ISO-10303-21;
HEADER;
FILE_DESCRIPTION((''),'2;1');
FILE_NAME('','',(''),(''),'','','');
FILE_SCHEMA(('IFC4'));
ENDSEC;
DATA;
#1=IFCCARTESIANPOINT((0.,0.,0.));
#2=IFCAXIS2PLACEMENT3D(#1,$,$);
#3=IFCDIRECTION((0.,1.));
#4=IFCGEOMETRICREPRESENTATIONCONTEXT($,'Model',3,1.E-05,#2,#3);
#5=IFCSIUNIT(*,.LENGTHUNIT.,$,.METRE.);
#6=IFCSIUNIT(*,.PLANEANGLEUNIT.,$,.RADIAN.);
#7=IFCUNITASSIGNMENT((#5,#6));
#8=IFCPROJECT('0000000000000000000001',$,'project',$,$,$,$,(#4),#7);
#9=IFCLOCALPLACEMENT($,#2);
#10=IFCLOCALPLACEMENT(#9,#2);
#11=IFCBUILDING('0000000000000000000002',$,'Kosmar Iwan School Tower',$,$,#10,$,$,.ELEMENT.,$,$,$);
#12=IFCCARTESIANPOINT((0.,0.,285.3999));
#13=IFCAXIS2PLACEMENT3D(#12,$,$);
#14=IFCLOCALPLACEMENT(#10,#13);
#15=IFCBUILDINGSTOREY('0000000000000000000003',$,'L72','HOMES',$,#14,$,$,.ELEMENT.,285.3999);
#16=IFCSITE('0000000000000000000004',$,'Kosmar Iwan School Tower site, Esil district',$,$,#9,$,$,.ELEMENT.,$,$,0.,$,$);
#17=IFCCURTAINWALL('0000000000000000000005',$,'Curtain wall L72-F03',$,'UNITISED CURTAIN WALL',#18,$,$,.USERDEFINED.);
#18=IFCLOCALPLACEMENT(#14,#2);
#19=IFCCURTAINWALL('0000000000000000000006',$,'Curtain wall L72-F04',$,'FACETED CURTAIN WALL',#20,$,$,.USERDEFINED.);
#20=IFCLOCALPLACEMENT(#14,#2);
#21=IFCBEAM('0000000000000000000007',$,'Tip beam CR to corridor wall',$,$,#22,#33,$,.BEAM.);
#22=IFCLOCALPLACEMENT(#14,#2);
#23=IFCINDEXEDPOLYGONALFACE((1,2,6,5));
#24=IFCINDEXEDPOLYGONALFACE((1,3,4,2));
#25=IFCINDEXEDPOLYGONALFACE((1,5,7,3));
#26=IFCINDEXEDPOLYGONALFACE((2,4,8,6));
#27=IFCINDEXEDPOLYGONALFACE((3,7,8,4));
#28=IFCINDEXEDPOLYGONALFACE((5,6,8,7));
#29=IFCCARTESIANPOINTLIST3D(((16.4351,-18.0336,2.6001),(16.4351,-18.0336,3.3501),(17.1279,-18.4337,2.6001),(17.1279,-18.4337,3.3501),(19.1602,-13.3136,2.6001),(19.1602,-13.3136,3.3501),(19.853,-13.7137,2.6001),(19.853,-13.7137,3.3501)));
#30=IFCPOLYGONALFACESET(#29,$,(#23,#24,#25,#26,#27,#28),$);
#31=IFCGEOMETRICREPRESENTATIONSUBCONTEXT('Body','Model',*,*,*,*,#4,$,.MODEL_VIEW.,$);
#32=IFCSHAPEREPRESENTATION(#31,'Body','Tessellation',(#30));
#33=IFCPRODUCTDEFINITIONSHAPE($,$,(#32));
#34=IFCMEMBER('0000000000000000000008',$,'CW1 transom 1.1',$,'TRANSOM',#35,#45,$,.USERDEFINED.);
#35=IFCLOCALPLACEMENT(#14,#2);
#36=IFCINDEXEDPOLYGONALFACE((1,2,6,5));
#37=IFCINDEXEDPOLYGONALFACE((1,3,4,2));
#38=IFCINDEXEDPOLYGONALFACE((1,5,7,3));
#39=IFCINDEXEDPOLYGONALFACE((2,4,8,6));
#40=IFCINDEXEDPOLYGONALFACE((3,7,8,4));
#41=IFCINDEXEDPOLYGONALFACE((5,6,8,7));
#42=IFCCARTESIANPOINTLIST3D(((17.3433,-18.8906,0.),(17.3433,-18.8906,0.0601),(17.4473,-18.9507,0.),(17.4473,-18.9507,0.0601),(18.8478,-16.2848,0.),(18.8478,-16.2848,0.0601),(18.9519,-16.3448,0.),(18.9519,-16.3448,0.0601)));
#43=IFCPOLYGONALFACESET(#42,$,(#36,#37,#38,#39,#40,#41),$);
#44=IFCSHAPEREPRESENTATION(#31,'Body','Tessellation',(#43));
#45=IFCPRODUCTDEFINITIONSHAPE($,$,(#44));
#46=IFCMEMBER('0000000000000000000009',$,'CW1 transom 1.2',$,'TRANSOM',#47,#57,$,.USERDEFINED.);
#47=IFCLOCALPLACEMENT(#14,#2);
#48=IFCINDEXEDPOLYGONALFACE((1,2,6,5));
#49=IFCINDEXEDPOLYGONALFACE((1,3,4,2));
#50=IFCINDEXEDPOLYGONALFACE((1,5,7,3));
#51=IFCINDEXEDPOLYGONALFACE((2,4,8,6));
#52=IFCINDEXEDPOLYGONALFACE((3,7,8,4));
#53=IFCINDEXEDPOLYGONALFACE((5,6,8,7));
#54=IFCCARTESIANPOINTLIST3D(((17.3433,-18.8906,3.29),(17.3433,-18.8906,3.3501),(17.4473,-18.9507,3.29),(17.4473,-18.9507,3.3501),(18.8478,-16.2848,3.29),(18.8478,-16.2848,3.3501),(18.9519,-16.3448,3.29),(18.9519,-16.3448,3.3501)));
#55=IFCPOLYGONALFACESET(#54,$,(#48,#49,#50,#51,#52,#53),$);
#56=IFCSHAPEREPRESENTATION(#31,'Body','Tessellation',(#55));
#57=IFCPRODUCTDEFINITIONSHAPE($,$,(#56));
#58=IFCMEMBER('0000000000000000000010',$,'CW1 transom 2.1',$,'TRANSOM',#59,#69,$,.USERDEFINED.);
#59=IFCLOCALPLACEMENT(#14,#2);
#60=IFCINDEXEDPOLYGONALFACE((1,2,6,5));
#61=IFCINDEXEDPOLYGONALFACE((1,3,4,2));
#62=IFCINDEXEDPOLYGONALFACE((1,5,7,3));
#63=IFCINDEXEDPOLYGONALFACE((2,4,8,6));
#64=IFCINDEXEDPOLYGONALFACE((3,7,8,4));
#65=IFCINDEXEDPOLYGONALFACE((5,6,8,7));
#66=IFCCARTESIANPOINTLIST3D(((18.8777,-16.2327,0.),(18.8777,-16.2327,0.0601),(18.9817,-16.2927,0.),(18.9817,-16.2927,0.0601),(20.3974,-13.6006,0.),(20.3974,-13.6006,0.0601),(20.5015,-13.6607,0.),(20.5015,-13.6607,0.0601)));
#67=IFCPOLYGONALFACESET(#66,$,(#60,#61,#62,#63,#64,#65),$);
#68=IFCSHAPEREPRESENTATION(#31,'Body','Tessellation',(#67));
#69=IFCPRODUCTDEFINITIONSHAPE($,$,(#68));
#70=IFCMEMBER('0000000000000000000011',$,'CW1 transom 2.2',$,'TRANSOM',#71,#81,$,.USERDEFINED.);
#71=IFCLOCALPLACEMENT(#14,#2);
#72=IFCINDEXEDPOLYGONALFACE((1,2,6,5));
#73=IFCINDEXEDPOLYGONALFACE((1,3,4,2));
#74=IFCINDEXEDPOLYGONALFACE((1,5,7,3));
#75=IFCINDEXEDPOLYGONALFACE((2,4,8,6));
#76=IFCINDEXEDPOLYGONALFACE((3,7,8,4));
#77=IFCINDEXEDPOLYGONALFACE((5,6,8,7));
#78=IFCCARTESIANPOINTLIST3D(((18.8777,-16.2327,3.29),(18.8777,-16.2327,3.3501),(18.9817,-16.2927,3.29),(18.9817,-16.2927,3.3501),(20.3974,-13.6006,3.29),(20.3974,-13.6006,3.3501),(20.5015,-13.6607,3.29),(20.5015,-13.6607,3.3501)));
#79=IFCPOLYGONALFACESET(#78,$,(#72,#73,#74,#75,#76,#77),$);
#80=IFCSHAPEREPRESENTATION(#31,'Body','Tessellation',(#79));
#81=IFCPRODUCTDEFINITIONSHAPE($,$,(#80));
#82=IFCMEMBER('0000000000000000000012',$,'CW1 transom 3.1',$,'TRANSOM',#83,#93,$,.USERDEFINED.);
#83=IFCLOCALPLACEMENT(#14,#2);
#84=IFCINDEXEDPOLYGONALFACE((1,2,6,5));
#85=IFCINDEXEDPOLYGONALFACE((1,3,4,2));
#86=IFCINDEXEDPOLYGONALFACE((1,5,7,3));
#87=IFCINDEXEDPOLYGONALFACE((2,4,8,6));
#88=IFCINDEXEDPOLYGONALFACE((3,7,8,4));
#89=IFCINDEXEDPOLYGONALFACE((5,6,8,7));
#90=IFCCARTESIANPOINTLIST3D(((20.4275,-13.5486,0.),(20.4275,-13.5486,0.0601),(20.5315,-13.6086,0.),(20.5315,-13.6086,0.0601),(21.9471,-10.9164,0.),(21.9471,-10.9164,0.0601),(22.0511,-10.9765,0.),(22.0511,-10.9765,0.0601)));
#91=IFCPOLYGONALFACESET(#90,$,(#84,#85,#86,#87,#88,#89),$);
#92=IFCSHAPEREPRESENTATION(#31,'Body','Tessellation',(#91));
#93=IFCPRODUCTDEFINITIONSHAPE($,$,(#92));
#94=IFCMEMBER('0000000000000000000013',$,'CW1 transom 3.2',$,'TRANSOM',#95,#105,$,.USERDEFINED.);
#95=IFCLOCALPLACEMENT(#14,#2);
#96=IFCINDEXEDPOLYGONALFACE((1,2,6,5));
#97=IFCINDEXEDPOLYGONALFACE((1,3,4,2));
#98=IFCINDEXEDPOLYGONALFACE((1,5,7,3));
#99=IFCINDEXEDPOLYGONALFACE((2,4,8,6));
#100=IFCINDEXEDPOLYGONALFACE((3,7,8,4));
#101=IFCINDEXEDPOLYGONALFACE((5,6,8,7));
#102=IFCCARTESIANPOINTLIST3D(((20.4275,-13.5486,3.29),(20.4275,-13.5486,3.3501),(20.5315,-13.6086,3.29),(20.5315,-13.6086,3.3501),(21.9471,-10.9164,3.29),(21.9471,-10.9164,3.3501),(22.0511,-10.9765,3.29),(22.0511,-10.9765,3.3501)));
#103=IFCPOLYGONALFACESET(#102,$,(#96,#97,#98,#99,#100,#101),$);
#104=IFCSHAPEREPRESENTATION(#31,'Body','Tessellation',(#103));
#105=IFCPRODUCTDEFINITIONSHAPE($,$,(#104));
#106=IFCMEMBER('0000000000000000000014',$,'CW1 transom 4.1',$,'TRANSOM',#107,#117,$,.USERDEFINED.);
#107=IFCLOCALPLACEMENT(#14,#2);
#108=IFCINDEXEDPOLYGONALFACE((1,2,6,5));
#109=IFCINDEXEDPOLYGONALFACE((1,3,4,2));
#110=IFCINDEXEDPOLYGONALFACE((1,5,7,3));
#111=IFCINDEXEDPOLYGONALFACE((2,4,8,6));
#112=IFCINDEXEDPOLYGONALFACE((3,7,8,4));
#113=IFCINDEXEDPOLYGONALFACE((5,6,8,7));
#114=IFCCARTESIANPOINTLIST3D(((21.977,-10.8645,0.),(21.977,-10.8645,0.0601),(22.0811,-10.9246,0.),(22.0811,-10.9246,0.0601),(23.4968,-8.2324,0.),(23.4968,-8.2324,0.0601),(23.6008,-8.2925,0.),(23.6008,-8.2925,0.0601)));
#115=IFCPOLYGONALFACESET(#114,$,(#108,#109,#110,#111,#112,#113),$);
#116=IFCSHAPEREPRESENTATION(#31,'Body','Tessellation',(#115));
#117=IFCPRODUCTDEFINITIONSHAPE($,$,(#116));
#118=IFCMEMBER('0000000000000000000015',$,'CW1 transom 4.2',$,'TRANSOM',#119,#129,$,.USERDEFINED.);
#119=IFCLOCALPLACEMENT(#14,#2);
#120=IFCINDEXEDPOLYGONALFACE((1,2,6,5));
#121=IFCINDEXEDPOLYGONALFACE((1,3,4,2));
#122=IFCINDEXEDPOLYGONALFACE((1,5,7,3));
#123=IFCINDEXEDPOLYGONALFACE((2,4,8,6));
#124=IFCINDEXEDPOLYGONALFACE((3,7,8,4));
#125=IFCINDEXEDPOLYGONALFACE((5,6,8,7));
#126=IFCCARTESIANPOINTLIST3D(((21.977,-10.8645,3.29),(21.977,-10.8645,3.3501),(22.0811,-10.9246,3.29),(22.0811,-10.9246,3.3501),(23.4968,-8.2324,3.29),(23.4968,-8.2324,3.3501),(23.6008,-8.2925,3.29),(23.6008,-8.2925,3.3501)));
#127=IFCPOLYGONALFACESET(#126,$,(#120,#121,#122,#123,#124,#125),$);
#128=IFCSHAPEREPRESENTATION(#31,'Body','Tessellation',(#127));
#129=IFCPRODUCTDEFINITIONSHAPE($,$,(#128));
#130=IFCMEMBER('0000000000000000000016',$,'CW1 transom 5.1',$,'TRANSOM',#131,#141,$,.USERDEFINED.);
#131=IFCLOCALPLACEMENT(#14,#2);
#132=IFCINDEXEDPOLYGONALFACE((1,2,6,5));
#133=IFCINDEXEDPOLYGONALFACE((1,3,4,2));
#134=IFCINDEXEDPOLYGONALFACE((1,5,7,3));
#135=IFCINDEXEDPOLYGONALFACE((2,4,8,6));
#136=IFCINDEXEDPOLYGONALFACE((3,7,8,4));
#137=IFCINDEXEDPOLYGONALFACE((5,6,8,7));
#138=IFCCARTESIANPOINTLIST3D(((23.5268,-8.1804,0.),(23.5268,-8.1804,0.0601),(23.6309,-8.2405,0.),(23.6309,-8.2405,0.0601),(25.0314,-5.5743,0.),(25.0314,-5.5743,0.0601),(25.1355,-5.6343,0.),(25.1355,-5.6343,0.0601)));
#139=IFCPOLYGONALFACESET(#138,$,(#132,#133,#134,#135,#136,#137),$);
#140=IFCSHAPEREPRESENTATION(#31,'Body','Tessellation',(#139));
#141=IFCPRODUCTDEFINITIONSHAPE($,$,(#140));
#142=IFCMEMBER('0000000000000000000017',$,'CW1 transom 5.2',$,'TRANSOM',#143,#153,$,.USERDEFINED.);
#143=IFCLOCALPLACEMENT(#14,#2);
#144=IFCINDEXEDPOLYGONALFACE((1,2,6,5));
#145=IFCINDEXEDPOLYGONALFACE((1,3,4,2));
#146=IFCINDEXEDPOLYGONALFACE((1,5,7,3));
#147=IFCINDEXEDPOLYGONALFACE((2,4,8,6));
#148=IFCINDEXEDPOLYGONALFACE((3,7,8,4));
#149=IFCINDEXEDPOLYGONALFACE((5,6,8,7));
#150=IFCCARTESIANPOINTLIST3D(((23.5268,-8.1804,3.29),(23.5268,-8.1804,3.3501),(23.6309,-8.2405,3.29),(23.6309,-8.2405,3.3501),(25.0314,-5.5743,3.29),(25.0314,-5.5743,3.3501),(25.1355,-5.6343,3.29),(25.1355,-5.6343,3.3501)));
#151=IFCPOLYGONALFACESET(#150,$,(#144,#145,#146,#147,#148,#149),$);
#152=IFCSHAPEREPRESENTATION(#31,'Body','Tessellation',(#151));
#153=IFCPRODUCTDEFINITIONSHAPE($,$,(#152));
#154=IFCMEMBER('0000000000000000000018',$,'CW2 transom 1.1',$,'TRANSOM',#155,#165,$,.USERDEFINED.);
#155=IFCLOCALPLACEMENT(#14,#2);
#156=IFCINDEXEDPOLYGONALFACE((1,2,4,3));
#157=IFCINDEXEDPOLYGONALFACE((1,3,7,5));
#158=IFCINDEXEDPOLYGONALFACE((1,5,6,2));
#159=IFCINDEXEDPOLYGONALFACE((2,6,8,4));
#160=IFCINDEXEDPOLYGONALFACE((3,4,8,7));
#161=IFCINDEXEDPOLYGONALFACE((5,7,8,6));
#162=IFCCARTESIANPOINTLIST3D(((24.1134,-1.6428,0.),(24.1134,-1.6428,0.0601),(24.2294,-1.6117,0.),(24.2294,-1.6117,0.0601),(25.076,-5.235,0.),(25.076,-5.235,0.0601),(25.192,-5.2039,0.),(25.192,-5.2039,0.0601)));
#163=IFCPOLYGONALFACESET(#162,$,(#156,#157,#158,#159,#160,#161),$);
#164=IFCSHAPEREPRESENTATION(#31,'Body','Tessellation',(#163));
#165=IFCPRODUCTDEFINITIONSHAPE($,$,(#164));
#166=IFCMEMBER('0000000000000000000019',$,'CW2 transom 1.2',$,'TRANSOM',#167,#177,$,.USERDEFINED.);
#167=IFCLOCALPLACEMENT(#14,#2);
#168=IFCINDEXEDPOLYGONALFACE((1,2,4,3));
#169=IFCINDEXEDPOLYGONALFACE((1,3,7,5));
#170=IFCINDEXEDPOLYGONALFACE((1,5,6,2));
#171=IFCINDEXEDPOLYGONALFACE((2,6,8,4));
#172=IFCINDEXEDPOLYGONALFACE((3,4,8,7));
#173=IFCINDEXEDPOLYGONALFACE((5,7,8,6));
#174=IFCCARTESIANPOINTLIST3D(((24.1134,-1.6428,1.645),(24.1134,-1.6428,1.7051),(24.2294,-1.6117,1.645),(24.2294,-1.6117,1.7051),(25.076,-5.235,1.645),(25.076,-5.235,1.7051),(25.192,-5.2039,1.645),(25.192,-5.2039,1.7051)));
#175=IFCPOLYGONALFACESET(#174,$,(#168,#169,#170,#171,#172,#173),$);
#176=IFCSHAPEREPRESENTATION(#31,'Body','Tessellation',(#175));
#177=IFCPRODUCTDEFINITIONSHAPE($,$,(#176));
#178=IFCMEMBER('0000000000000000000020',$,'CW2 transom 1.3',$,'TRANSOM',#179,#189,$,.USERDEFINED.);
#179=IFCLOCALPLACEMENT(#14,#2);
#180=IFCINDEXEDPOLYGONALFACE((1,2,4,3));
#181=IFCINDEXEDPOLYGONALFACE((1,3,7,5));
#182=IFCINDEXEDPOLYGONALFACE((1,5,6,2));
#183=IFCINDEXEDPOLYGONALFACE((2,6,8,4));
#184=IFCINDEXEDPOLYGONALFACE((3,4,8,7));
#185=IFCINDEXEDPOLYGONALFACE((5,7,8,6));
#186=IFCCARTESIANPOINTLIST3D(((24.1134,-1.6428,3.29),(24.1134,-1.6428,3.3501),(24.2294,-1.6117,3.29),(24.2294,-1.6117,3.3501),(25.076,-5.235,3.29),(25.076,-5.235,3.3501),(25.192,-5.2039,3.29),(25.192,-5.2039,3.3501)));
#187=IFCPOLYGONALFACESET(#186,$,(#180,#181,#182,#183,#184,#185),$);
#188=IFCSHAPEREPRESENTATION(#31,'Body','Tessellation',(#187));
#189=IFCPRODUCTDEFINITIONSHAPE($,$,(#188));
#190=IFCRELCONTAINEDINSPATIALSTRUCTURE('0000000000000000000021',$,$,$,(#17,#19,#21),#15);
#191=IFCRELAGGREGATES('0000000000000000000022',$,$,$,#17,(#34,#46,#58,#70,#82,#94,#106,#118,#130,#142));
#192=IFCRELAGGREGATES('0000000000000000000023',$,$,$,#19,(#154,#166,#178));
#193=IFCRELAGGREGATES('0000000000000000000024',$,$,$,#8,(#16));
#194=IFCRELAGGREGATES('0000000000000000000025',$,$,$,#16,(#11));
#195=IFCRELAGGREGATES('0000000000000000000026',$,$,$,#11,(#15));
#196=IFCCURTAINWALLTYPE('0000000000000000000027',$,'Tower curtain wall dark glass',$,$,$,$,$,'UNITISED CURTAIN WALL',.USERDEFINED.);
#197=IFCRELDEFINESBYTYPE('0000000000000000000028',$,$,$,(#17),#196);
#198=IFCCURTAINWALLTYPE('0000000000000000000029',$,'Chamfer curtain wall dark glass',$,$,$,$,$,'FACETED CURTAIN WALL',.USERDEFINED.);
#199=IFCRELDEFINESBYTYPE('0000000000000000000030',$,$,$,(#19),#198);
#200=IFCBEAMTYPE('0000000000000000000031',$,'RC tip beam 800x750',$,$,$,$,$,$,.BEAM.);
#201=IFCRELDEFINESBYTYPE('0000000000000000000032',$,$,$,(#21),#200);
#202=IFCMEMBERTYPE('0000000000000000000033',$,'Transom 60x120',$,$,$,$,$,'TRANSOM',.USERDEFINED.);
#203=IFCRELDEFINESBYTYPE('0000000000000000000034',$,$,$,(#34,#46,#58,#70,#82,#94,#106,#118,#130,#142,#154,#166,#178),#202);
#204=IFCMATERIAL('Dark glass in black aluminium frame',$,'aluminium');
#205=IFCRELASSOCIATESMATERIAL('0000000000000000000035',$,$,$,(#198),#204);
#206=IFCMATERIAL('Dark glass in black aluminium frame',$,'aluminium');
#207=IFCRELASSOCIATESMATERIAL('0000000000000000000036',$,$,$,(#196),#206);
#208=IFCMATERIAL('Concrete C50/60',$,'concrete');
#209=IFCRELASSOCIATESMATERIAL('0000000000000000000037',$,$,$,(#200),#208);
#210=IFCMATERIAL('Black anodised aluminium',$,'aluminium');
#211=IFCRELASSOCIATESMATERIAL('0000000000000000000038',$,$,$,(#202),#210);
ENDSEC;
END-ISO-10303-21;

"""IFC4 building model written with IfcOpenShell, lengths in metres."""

from ifc_helpers import new_model, si_unit, direction, frame, origin, origin_2d, place, context, subcontext, project, spatial, rectangle, extrude, material, material_profile, profile_set, type_object, element, aggregate, save


model = new_model("IFC4")

# Units and contexts
model_context = context("Model", 3, precision=1e-05, world=origin(), true_north=direction((0.0, 1.0)))
body_context = subcontext(model_context, "Body", "Model", "MODEL_VIEW")
ifc_project = project(units=[si_unit("LENGTHUNIT", "METRE"), si_unit("PLANEANGLEUNIT", "RADIAN")], contexts=[model_context])

# Site, building, storey
site_placement = place(None, origin())
site = spatial("IfcSite", under=ifc_project, at=site_placement, Name="Kosmar Iwan School Tower site, Esil district", CompositionType="ELEMENT", RefElevation=0.0)
building_placement = place(site_placement, origin())
building = spatial("IfcBuilding", under=site, at=building_placement, Name="Kosmar Iwan School Tower", CompositionType="ELEMENT")
storey_placement = place(building_placement, frame((0.0, 0.0, 285.3999)))
storey = spatial("IfcBuildingStorey", under=building, at=storey_placement, Name="L72", Description="HOMES", CompositionType="ELEMENT", Elevation=285.3999)

# Shared definitions
ifc_material_1 = material(Name="Dark glass in black aluminium frame", Category="aluminium")
curtain_wall_type_1 = type_object("IfcCurtainWallType", Name="Chamfer curtain wall dark glass", ElementType="FACETED CURTAIN WALL", PredefinedType="USERDEFINED", material=ifc_material_1)

# Curtain wall
ifc_material_2 = material(Name="Dark glass in black aluminium frame", Category="aluminium")
curtain_wall_type_2 = type_object("IfcCurtainWallType", Name="Tower curtain wall dark glass", ElementType="UNITISED CURTAIN WALL", PredefinedType="USERDEFINED", material=ifc_material_2)
curtain_wall_1_placement = place(storey_placement, origin())
curtain_wall_1 = element("IfcCurtainWall", 1, at=curtain_wall_1_placement, inside=storey, type_object=curtain_wall_type_2, Name="Curtain wall L72-F03", ObjectType="UNITISED CURTAIN WALL", PredefinedType="USERDEFINED")

# Curtain wall
curtain_wall_2_placement = place(storey_placement, origin())
curtain_wall_2 = element("IfcCurtainWall", 2, at=curtain_wall_2_placement, inside=storey, type_object=curtain_wall_type_1, Name="Curtain wall L72-F04", ObjectType="FACETED CURTAIN WALL", PredefinedType="USERDEFINED")

# Beam
ifc_material_3 = material(Name="Concrete C50/60", Category="concrete")
ifc_material_profile_1 = material_profile(ifc_material_3, rectangle(XDim=0.8, YDim=0.75, at=origin_2d()), Name="RC 800x750")
ifc_profile_set_1 = profile_set([ifc_material_profile_1], Name="Concrete C50/60")
beam_type = type_object("IfcBeamType", Name="RC tip beam 800x750", PredefinedType="BEAM", material=ifc_profile_set_1)
beam_1_placement = place(storey_placement, frame((16.7815, -18.2336, 2.9751), z_axis=(0.500003, 0.866024, 0.0), x_axis=(-0.866024, 0.500003, 0.0)))
element("IfcBeam", 3, at=beam_1_placement, inside=storey, type_object=beam_type, Name="Tip beam CR to corridor wall", PredefinedType="BEAM", context=body_context, shape_type="SweptSolid", body=[
    extrude(rectangle(XDim=0.8, YDim=0.75, at=origin_2d()), origin(), (0.0, 0.0, 1.0), 5.4502),
])

# Members
ifc_material_4 = material(Name="Black anodised aluminium", Category="aluminium")
ifc_material_profile_2 = material_profile(ifc_material_4, rectangle(XDim=0.1201, YDim=0.0601, at=origin_2d()), Name="TRANSOM 60x120")
ifc_profile_set_2 = profile_set([ifc_material_profile_2], Name="Black anodised aluminium")
member_type_1 = type_object("IfcMemberType", Name="Transom 60x120", ElementType="TRANSOM", PredefinedType="USERDEFINED", material=ifc_profile_set_2)
member_1_placement = place(storey_placement, frame((17.3953, -18.9207, 0.03), z_axis=(0.500022, 0.866013, 0.0), x_axis=(-0.866013, 0.500022, 0.0)))
member_1 = element("IfcMember", 4, at=member_1_placement, type_object=member_type_1, Name="CW1 transom 1.1", ObjectType="TRANSOM", PredefinedType="USERDEFINED", context=body_context, shape_type="SweptSolid", body=[
    extrude(rectangle(XDim=0.1201, YDim=0.0601, at=origin_2d()), origin(), (0.0, 0.0, 1.0), 3.009),
])
member_2_placement = place(storey_placement, frame((17.3953, -18.9207, 3.3201), z_axis=(0.500022, 0.866013, 0.0), x_axis=(-0.866013, 0.500022, 0.0)))
member_2 = element("IfcMember", 5, at=member_2_placement, type_object=member_type_1, Name="CW1 transom 1.2", ObjectType="TRANSOM", PredefinedType="USERDEFINED", context=body_context, shape_type="SweptSolid", body=[
    extrude(rectangle(XDim=0.1201, YDim=0.0601, at=origin_2d()), origin(), (0.0, 0.0, 1.0), 3.009),
])
member_3_placement = place(storey_placement, frame((18.9297, -16.2627, 0.03), z_axis=(0.500035, 0.866005, 0.0), x_axis=(-0.866005, 0.500035, 0.0)))
member_3 = element("IfcMember", 6, at=member_3_placement, type_object=member_type_1, Name="CW1 transom 2.1", ObjectType="TRANSOM", PredefinedType="USERDEFINED", context=body_context, shape_type="SweptSolid", body=[
    extrude(rectangle(XDim=0.1201, YDim=0.0601, at=origin_2d()), origin(), (0.0, 0.0, 1.0), 3.0393),
])
member_4_placement = place(storey_placement, frame((18.9297, -16.2627, 3.3201), z_axis=(0.500035, 0.866005, 0.0), x_axis=(-0.866005, 0.500035, 0.0)))
member_4 = element("IfcMember", 7, at=member_4_placement, type_object=member_type_1, Name="CW1 transom 2.2", ObjectType="TRANSOM", PredefinedType="USERDEFINED", context=body_context, shape_type="SweptSolid", body=[
    extrude(rectangle(XDim=0.1201, YDim=0.0601, at=origin_2d()), origin(), (0.0, 0.0, 1.0), 3.0393),
])
member_5_placement = place(storey_placement, frame((20.4795, -13.5786, 0.03), z_axis=(0.499975, 0.86604, 0.0), x_axis=(-0.86604, 0.499975, 0.0)))
member_5 = element("IfcMember", 8, at=member_5_placement, type_object=member_type_1, Name="CW1 transom 3.1", ObjectType="TRANSOM", PredefinedType="USERDEFINED", context=body_context, shape_type="SweptSolid", body=[
    extrude(rectangle(XDim=0.1201, YDim=0.0601, at=origin_2d()), origin(), (0.0, 0.0, 1.0), 3.0393),
])
member_6_placement = place(storey_placement, frame((20.4795, -13.5786, 3.3201), z_axis=(0.499975, 0.86604, 0.0), x_axis=(-0.86604, 0.499975, 0.0)))
member_6 = element("IfcMember", 9, at=member_6_placement, type_object=member_type_1, Name="CW1 transom 3.2", ObjectType="TRANSOM", PredefinedType="USERDEFINED", context=body_context, shape_type="SweptSolid", body=[
    extrude(rectangle(XDim=0.1201, YDim=0.0601, at=origin_2d()), origin(), (0.0, 0.0, 1.0), 3.0393),
])
member_7_placement = place(storey_placement, frame((22.0291, -10.8945, 0.03), z_axis=(0.500035, 0.866005, 0.0), x_axis=(-0.866005, 0.500035, 0.0)))
member_7 = element("IfcMember", 10, at=member_7_placement, type_object=member_type_1, Name="CW1 transom 4.1", ObjectType="TRANSOM", PredefinedType="USERDEFINED", context=body_context, shape_type="SweptSolid", body=[
    extrude(rectangle(XDim=0.1201, YDim=0.0601, at=origin_2d()), origin(), (0.0, 0.0, 1.0), 3.0393),
])
member_8_placement = place(storey_placement, frame((22.0291, -10.8945, 3.3201), z_axis=(0.500035, 0.866005, 0.0), x_axis=(-0.866005, 0.500035, 0.0)))
member_8 = element("IfcMember", 11, at=member_8_placement, type_object=member_type_1, Name="CW1 transom 4.2", ObjectType="TRANSOM", PredefinedType="USERDEFINED", context=body_context, shape_type="SweptSolid", body=[
    extrude(rectangle(XDim=0.1201, YDim=0.0601, at=origin_2d()), origin(), (0.0, 0.0, 1.0), 3.0393),
])
member_9_placement = place(storey_placement, frame((23.5789, -8.2104, 0.03), z_axis=(0.499987, 0.866033, 0.0), x_axis=(-0.866033, 0.499987, 0.0)))
member_9 = element("IfcMember", 12, at=member_9_placement, type_object=member_type_1, Name="CW1 transom 5.1", ObjectType="TRANSOM", PredefinedType="USERDEFINED", context=body_context, shape_type="SweptSolid", body=[
    extrude(rectangle(XDim=0.1201, YDim=0.0601, at=origin_2d()), origin(), (0.0, 0.0, 1.0), 3.0093),
])
member_10_placement = place(storey_placement, frame((23.5789, -8.2104, 3.3201), z_axis=(0.499987, 0.866033, 0.0), x_axis=(-0.866033, 0.499987, 0.0)))
member_10 = element("IfcMember", 13, at=member_10_placement, type_object=member_type_1, Name="CW1 transom 5.2", ObjectType="TRANSOM", PredefinedType="USERDEFINED", context=body_context, shape_type="SweptSolid", body=[
    extrude(rectangle(XDim=0.1201, YDim=0.0601, at=origin_2d()), origin(), (0.0, 0.0, 1.0), 3.0093),
])
member_11_placement = place(storey_placement, frame((25.134, -5.2195, 0.03), z_axis=(-0.258843, 0.965919, 0.0), x_axis=(-0.965919, -0.258843, 0.0)))
member_11 = element("IfcMember", 14, at=member_11_placement, type_object=member_type_1, Name="CW2 transom 1.1", ObjectType="TRANSOM", PredefinedType="USERDEFINED", context=body_context, shape_type="SweptSolid", body=[
    extrude(rectangle(XDim=0.1201, YDim=0.0601, at=origin_2d()), origin(), (0.0, 0.0, 1.0), 3.719),
])
member_12_placement = place(storey_placement, frame((25.134, -5.2195, 1.675), z_axis=(-0.258843, 0.965919, 0.0), x_axis=(-0.965919, -0.258843, 0.0)))
member_12 = element("IfcMember", 15, at=member_12_placement, type_object=member_type_1, Name="CW2 transom 1.2", ObjectType="TRANSOM", PredefinedType="USERDEFINED", context=body_context, shape_type="SweptSolid", body=[
    extrude(rectangle(XDim=0.1201, YDim=0.0601, at=origin_2d()), origin(), (0.0, 0.0, 1.0), 3.719),
])
member_13_placement = place(storey_placement, frame((25.134, -5.2195, 3.3201), z_axis=(-0.258843, 0.965919, 0.0), x_axis=(-0.965919, -0.258843, 0.0)))
member_13 = element("IfcMember", 16, at=member_13_placement, type_object=member_type_1, Name="CW2 transom 1.3", ObjectType="TRANSOM", PredefinedType="USERDEFINED", context=body_context, shape_type="SweptSolid", body=[
    extrude(rectangle(XDim=0.1201, YDim=0.0601, at=origin_2d()), origin(), (0.0, 0.0, 1.0), 3.719),
])

aggregate(curtain_wall_1, [member_1, member_2, member_3, member_4, member_5, member_6, member_7, member_8, member_9, member_10])
aggregate(curtain_wall_2, [member_11, member_12, member_13])

save(model, "model.ifc")
